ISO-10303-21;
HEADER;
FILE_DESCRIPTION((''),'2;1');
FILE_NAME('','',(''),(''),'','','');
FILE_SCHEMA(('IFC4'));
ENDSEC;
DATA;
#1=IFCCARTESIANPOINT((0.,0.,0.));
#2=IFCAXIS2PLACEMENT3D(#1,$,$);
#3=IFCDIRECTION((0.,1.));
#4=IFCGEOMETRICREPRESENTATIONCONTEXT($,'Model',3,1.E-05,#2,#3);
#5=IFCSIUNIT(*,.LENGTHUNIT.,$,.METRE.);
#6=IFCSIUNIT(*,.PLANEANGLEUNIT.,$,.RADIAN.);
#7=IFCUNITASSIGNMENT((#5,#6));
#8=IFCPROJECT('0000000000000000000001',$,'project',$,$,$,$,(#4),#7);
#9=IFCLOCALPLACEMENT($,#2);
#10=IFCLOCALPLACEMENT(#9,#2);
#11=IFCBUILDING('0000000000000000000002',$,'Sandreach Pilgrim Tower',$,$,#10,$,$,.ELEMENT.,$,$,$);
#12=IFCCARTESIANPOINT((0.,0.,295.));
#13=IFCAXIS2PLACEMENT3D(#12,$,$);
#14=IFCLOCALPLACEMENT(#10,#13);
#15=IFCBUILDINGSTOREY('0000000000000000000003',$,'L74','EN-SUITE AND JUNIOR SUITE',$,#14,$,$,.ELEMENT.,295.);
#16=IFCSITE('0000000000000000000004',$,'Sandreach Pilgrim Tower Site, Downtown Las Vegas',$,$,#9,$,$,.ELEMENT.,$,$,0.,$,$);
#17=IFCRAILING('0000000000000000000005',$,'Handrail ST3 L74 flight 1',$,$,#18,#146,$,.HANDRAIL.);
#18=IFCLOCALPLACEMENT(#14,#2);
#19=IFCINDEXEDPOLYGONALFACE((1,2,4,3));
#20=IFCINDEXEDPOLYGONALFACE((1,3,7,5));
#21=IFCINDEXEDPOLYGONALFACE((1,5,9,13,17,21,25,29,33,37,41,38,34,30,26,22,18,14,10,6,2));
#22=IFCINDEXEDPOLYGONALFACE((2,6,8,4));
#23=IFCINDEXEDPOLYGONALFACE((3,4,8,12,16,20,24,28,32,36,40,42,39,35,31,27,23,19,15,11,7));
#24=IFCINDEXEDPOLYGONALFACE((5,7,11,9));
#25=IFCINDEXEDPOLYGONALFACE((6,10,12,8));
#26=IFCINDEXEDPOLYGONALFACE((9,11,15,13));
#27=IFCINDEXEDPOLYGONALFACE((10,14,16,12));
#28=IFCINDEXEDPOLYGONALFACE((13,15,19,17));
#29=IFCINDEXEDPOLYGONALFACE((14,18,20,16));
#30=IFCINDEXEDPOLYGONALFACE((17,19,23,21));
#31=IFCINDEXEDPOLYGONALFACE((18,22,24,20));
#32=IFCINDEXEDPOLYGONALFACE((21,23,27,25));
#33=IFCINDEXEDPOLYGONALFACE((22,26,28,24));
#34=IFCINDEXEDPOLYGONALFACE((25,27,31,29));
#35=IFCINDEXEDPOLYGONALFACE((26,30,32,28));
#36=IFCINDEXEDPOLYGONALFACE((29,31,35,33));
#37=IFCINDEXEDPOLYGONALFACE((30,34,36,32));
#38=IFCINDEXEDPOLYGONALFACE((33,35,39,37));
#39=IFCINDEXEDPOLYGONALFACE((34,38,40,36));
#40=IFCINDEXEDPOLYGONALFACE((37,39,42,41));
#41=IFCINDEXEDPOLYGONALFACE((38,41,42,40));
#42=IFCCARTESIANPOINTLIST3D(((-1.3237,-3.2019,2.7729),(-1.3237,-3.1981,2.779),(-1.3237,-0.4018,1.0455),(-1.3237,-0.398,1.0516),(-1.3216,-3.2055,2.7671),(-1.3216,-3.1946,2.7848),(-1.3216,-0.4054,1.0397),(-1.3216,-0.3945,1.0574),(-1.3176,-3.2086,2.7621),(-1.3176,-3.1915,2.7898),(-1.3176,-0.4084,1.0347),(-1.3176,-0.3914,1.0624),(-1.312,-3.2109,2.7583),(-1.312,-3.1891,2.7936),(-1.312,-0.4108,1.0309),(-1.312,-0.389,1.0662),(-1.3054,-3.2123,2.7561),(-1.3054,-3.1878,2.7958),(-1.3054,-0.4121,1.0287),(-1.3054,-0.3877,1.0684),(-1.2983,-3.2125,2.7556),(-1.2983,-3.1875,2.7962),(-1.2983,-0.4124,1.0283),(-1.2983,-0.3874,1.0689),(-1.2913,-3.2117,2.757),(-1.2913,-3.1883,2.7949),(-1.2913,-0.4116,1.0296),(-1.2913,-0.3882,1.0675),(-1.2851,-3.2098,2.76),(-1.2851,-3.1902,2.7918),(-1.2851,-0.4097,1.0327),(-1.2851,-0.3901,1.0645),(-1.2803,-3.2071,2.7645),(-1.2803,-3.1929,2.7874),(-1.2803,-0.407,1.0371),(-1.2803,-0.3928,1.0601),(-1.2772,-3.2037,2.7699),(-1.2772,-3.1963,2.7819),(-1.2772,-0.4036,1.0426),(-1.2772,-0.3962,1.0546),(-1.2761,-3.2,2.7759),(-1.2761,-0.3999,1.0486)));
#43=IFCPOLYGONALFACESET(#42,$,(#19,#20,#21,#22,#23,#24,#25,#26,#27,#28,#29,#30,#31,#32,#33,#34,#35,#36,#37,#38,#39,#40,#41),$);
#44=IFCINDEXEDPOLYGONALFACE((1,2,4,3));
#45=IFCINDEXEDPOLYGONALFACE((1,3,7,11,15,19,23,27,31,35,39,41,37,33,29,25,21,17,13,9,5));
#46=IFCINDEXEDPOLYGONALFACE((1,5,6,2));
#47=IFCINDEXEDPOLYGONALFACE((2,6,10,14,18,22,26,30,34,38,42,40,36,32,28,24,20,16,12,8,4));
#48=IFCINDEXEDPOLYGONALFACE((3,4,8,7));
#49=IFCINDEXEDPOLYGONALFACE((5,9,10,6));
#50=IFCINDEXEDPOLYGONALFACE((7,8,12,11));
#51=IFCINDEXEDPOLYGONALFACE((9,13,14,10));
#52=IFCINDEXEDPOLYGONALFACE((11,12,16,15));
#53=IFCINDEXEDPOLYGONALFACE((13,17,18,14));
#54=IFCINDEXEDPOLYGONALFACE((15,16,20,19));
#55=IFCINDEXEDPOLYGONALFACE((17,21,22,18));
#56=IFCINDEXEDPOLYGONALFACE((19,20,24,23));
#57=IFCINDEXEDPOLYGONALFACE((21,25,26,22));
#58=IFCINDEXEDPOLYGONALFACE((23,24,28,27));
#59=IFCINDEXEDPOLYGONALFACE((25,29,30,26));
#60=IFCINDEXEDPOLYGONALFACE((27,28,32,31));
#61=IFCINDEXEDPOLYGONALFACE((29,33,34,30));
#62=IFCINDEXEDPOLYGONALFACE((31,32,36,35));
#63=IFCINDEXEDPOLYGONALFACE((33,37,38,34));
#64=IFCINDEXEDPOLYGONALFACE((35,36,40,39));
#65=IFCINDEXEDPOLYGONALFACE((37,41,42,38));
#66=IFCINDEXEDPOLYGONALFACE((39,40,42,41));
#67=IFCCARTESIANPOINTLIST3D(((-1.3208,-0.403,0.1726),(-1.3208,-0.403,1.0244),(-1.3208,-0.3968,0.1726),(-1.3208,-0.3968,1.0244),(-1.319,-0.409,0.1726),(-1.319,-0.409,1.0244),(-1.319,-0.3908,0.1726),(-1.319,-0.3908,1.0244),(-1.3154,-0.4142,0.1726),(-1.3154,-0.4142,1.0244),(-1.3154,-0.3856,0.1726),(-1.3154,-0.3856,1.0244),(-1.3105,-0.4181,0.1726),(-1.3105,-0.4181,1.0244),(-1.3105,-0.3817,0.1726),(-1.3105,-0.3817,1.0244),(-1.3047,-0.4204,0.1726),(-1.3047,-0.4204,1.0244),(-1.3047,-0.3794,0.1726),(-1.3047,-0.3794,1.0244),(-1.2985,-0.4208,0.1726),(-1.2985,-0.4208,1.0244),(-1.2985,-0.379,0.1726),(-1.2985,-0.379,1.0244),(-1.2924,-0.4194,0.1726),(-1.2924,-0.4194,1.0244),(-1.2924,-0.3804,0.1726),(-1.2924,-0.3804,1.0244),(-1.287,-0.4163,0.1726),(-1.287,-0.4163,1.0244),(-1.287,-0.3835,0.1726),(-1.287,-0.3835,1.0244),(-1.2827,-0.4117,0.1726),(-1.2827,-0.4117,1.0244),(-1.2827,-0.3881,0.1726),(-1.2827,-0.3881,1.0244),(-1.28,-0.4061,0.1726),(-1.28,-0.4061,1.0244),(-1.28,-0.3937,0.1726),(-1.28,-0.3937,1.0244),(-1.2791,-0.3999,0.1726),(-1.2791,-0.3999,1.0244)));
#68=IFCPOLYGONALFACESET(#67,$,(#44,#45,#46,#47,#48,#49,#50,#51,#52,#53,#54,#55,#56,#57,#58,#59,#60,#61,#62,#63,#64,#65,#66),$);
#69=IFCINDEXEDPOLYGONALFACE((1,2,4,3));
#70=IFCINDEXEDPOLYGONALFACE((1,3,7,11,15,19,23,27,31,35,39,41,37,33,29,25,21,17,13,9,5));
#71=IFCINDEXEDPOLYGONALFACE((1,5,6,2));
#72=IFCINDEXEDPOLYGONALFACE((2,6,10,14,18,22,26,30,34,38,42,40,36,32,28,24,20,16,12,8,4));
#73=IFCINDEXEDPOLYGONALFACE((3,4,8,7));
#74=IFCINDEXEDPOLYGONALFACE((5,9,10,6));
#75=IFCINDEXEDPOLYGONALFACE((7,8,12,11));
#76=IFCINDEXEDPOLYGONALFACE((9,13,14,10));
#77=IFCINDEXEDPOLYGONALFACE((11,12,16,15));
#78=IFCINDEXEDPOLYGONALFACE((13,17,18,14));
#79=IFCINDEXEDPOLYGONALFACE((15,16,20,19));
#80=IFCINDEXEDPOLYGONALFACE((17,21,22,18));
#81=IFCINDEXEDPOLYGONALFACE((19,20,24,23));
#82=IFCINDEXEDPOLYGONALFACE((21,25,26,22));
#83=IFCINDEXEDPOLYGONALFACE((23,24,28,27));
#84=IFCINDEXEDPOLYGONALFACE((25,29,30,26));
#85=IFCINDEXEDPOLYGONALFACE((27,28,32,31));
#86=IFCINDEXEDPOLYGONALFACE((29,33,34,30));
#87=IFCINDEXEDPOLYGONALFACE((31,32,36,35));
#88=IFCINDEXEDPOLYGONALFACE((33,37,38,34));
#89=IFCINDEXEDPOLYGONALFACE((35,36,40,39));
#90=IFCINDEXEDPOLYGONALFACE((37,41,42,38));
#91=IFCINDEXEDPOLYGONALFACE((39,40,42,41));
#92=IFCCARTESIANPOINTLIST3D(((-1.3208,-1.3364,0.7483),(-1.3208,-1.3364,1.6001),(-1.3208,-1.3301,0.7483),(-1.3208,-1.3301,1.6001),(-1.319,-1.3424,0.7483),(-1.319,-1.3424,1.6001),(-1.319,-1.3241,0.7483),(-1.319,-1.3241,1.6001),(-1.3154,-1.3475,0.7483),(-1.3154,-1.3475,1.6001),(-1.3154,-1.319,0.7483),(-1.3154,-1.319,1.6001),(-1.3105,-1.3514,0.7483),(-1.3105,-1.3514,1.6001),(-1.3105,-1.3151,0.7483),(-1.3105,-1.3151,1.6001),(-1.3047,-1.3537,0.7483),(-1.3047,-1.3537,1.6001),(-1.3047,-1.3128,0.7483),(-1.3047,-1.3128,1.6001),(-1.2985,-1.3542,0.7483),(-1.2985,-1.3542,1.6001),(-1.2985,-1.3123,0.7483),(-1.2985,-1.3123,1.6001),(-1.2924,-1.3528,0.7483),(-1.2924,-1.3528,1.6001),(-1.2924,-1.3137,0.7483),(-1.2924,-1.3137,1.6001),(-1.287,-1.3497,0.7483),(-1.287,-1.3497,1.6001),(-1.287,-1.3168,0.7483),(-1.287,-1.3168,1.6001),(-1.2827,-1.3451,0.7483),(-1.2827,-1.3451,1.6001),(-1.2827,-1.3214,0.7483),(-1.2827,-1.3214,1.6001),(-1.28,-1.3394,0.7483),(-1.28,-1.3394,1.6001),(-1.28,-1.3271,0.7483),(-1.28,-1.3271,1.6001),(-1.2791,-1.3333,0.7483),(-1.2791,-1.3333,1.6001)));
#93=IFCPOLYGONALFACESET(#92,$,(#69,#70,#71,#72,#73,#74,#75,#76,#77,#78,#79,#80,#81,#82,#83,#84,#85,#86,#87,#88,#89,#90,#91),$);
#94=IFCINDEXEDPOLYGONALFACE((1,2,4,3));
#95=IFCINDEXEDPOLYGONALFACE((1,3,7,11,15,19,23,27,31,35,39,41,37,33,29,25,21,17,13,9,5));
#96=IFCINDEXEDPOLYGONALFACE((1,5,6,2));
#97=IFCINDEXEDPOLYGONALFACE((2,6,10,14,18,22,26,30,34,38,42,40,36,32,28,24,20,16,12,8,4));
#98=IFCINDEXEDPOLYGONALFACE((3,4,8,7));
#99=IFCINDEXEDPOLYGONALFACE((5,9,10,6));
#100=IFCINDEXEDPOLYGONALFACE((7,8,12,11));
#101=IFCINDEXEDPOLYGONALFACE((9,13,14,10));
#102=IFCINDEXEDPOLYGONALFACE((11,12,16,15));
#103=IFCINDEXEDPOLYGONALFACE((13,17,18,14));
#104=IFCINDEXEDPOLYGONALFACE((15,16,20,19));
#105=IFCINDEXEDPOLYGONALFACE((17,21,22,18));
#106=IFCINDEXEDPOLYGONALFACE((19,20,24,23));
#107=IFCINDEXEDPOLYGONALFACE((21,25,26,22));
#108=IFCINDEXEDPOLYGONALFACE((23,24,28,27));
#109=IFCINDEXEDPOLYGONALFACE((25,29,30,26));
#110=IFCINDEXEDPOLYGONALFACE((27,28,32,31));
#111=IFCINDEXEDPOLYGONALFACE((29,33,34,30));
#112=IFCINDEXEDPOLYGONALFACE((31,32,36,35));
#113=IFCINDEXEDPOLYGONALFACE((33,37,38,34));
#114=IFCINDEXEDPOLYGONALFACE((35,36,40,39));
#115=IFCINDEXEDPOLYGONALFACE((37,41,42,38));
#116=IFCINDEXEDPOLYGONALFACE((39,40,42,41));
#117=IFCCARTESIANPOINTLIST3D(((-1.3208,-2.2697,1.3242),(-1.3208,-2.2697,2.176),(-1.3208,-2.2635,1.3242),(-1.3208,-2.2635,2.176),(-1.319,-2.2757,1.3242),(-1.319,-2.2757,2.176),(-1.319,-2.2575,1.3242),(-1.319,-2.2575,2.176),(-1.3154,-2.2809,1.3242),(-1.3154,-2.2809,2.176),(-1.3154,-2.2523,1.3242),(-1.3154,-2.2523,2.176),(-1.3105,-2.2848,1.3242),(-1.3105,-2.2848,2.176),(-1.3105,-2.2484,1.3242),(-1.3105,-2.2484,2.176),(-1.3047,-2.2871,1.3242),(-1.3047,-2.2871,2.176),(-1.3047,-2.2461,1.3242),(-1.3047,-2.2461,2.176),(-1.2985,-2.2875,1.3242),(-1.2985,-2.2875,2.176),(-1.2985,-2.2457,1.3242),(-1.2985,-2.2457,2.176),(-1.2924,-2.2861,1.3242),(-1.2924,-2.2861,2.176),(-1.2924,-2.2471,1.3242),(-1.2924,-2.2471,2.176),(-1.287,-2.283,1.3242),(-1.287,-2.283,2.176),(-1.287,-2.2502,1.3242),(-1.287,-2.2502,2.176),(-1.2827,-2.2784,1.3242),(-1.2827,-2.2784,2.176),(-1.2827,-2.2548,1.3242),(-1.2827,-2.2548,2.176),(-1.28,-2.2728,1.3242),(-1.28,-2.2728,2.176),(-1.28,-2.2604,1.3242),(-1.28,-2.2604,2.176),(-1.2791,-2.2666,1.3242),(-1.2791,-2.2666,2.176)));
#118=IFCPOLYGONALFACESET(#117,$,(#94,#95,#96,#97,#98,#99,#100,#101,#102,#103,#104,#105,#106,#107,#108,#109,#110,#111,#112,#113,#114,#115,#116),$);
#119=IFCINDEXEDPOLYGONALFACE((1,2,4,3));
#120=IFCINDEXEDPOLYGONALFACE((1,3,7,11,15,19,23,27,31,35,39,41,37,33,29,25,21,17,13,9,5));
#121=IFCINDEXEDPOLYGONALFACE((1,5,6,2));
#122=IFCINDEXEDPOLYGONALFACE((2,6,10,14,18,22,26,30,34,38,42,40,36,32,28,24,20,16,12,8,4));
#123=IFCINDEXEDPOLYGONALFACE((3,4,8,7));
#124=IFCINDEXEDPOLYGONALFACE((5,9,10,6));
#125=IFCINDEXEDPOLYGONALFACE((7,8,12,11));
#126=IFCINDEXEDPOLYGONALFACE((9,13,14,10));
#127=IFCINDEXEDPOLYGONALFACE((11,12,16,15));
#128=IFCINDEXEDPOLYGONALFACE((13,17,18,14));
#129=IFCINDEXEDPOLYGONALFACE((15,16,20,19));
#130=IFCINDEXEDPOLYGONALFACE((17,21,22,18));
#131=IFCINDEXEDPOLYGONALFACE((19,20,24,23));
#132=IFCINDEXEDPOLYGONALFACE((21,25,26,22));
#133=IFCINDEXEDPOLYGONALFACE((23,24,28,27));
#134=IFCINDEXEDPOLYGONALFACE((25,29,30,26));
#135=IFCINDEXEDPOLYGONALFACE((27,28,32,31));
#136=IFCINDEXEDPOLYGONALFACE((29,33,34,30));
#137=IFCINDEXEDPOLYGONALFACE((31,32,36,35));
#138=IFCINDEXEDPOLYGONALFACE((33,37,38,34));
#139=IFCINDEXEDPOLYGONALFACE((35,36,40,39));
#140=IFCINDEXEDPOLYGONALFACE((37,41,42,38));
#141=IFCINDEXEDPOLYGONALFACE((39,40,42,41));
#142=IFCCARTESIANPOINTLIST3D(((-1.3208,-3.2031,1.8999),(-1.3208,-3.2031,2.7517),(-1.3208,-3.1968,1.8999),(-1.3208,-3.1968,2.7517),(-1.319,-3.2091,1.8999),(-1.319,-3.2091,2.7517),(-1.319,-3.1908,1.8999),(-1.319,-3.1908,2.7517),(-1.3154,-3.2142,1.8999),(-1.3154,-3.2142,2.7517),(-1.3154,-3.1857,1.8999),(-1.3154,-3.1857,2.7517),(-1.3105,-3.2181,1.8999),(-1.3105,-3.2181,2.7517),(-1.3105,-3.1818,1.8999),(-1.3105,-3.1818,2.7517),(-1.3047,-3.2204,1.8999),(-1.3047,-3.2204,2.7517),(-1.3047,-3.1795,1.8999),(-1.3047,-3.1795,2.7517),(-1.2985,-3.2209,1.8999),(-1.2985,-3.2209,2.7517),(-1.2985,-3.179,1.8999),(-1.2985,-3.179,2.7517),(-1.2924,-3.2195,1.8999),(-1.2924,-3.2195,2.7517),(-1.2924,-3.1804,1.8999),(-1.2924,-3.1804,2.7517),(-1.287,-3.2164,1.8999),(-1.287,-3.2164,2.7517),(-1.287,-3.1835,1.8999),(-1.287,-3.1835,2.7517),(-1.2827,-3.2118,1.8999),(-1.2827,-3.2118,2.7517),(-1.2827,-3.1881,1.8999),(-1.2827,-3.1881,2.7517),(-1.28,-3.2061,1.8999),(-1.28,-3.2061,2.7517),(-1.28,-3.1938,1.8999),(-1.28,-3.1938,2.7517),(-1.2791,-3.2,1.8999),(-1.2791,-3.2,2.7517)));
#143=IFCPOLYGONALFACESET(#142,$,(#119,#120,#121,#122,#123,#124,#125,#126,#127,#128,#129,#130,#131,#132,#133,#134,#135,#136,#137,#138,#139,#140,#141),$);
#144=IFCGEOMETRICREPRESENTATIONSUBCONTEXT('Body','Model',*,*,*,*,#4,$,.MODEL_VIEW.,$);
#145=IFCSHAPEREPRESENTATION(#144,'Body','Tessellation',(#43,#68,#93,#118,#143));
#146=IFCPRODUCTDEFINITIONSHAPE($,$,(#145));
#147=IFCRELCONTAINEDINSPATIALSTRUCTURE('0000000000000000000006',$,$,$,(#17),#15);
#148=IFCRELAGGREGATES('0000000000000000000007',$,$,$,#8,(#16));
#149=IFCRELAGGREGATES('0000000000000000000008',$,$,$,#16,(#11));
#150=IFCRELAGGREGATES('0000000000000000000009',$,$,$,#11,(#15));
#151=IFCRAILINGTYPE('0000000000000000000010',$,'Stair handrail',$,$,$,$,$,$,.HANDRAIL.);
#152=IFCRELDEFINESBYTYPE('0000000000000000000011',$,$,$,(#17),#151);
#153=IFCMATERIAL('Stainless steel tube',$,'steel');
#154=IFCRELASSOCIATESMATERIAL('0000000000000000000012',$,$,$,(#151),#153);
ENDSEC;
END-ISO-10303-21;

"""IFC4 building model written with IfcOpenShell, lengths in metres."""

from ifc_helpers import new_model, si_unit, direction, frame, origin, origin_2d, place, context, subcontext, project, spatial, circle, extrude, material, type_object, element, save


model = new_model("IFC4")

# Units and contexts
model_context = context("Model", 3, precision=1e-05, world=origin(), true_north=direction((0.0, 1.0)))
body_context = subcontext(model_context, "Body", "Model", "MODEL_VIEW")
ifc_project = project(units=[si_unit("LENGTHUNIT", "METRE"), si_unit("PLANEANGLEUNIT", "RADIAN")], contexts=[model_context])

# Site, building, storey
site_placement = place(None, origin())
site = spatial("IfcSite", under=ifc_project, at=site_placement, Name="Sandreach Pilgrim Tower Site, Downtown Las Vegas", CompositionType="ELEMENT", RefElevation=0.0)
building_placement = place(site_placement, origin())
building = spatial("IfcBuilding", under=site, at=building_placement, Name="Sandreach Pilgrim Tower", CompositionType="ELEMENT")
storey_placement = place(building_placement, frame((0.0, 0.0, 295.0)))
storey = spatial("IfcBuildingStorey", under=building, at=storey_placement, Name="L74", Description="EN-SUITE AND JUNIOR SUITE", CompositionType="ELEMENT", Elevation=295.0)

# Railing
ifc_material_1 = material(Name="Stainless steel tube", Category="steel")
railing_type = type_object("IfcRailingType", Name="Stair handrail", PredefinedType="HANDRAIL", material=ifc_material_1)
for number, where, name in (
    (1, (-1.3, -0.3999, 0.1726), "Handrail ST3 L74 flight 1"),
):
    element("IfcRailing", number, at=place(storey_placement, frame(where)), inside=storey, type_object=railing_type, Name=name, PredefinedType="HANDRAIL", context=body_context, shape_type="SweptSolid", body=[
        extrude(circle(Radius=0.0239, at=origin_2d()), frame((0.0, 0.0, 0.876), z_axis=(0.0, -0.85109, 0.52502), x_axis=(1.0, 0.0, 0.0)), (0.0, 0.0, 1.0), 3.29),
        extrude(circle(Radius=0.021, at=origin_2d()), origin(), (0.0, 0.0, 1.0), 0.8518),
        extrude(circle(Radius=0.021, at=origin_2d()), frame((0.0, -0.9333, 0.5757)), (0.0, 0.0, 1.0), 0.8518),
        extrude(circle(Radius=0.021, at=origin_2d()), frame((0.0, -1.8667, 1.1516)), (0.0, 0.0, 1.0), 0.8518),
        extrude(circle(Radius=0.021, at=origin_2d()), frame((0.0, -2.8, 1.7273)), (0.0, 0.0, 1.0), 0.8518),
    ])

save(model, "model.ifc")
